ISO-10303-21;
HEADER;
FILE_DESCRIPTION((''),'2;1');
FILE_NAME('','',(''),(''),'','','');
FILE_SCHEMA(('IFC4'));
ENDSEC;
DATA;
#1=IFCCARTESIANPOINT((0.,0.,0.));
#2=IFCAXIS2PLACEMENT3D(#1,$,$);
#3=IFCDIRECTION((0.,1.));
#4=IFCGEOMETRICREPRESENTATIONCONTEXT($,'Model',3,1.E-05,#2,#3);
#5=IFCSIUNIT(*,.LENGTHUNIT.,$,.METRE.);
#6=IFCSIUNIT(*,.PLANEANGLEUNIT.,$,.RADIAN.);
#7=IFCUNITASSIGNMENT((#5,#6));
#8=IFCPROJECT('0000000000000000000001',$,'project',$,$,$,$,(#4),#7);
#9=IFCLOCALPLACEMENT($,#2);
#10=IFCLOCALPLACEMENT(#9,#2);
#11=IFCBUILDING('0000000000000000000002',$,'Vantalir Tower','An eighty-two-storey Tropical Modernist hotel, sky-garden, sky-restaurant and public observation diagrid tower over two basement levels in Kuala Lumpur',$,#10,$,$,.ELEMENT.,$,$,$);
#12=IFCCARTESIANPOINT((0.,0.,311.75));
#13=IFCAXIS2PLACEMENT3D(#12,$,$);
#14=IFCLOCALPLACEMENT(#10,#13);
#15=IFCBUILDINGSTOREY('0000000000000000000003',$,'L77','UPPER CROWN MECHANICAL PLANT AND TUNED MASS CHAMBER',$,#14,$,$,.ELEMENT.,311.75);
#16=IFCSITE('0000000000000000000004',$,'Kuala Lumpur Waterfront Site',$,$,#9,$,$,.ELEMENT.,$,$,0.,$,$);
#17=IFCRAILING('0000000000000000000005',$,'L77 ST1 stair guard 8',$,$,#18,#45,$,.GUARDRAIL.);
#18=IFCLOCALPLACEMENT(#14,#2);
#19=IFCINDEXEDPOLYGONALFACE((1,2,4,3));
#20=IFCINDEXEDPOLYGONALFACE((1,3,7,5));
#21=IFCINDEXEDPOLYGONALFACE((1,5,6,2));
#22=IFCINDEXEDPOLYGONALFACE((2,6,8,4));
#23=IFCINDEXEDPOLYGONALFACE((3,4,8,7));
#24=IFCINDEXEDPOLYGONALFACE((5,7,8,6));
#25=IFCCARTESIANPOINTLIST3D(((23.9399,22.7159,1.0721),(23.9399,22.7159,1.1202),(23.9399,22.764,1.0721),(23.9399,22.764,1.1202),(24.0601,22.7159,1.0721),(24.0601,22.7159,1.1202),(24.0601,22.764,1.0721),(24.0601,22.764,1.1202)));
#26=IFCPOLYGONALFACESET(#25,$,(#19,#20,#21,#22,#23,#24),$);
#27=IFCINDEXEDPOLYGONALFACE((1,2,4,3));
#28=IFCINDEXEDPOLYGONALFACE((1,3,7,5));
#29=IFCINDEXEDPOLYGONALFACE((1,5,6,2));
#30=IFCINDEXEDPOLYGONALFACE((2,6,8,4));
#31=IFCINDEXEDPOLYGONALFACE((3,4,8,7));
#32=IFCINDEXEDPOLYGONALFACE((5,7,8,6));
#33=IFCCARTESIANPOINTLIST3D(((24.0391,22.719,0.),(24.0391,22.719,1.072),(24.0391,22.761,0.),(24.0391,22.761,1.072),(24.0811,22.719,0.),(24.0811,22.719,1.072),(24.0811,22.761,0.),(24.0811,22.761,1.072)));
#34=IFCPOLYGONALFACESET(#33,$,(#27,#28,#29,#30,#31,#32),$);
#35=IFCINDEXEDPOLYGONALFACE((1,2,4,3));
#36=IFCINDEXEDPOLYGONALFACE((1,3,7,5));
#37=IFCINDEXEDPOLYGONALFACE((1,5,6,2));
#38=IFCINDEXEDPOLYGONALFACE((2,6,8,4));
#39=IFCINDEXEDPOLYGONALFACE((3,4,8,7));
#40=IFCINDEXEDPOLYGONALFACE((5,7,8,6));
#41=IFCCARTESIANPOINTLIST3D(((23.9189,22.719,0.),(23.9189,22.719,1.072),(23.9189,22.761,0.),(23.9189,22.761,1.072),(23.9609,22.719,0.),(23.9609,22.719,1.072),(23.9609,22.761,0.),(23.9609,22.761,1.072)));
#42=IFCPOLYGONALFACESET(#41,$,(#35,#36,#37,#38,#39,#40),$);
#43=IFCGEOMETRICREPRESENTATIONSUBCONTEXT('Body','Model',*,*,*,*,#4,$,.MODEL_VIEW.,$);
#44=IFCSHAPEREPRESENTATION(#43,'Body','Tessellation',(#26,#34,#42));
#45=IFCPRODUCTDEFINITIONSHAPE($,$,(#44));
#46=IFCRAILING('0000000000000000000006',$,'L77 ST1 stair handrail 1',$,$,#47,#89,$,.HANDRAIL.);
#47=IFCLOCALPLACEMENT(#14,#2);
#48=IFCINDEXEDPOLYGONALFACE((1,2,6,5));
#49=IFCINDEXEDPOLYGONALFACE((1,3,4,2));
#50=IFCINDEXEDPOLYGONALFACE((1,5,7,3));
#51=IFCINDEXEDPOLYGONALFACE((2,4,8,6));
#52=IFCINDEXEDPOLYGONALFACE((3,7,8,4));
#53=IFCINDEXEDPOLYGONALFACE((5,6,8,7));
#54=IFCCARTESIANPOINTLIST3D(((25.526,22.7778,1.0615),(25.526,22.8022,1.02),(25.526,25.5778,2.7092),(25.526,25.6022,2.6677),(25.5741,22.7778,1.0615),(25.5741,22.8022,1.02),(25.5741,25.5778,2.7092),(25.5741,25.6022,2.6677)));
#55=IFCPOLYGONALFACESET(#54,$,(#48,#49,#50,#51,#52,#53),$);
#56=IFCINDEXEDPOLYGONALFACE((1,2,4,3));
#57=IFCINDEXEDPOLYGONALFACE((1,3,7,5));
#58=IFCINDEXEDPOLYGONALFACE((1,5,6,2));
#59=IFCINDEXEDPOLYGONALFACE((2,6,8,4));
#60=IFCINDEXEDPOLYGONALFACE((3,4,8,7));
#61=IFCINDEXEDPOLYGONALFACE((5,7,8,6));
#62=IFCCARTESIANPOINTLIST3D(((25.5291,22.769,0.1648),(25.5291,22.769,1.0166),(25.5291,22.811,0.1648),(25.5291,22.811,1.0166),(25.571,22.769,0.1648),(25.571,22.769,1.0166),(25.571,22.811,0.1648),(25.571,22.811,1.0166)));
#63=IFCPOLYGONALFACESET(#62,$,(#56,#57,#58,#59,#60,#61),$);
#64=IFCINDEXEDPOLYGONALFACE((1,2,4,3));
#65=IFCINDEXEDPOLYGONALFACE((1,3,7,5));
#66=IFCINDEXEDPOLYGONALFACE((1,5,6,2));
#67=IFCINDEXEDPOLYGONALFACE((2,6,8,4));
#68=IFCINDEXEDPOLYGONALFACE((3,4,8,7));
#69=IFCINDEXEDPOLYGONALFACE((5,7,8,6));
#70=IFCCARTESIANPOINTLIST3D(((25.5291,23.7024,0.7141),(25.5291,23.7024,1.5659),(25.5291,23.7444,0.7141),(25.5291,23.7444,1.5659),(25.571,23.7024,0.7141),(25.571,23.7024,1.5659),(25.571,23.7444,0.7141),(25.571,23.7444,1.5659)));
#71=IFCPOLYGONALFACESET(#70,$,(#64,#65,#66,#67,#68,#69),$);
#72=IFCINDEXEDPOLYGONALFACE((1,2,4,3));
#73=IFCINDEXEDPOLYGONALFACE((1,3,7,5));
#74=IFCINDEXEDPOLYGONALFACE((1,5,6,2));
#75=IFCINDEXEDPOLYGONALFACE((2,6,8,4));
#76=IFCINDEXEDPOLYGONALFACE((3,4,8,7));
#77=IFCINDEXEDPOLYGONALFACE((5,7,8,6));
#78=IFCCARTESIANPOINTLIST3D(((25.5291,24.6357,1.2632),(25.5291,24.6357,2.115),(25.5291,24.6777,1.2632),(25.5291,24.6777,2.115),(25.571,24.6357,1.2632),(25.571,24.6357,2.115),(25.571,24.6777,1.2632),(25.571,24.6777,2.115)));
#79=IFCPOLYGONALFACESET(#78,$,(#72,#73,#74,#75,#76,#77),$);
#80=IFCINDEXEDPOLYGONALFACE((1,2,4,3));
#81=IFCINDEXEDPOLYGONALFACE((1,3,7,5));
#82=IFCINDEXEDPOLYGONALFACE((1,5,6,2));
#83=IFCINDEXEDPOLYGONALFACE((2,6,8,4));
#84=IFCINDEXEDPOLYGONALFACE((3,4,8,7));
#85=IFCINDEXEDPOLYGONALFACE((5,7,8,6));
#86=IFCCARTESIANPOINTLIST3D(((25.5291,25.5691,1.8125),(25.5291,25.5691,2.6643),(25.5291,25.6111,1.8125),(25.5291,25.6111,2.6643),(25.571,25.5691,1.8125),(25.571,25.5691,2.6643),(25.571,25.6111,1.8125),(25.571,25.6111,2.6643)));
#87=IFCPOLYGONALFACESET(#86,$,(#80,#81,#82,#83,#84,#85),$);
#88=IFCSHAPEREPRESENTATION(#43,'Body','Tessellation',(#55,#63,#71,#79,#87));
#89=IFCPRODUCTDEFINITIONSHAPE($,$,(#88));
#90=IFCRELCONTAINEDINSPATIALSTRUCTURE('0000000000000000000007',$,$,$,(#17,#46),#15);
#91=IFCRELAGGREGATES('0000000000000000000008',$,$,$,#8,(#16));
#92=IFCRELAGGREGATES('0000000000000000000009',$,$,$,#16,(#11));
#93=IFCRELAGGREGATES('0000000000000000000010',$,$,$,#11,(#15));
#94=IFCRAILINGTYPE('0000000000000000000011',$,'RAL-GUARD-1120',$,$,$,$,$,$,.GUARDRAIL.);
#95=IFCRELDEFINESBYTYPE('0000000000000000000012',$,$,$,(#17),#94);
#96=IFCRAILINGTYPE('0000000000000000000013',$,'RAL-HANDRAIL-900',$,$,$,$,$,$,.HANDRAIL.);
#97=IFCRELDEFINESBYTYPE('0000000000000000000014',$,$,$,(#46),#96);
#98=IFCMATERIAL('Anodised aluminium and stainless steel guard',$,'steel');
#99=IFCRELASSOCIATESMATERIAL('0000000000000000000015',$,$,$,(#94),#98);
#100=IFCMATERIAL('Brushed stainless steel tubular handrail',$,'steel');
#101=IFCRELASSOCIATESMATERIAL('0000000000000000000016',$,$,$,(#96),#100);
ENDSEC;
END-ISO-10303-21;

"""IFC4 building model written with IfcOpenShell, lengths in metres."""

from ifc_helpers import new_model, si_unit, direction, frame, origin, origin_2d, place, context, subcontext, project, spatial, rectangle, extrude, material, type_object, element, save


model = new_model("IFC4")

# Units and contexts
model_context = context("Model", 3, precision=1e-05, world=origin(), true_north=direction((0.0, 1.0)))
body_context = subcontext(model_context, "Body", "Model", "MODEL_VIEW")
ifc_project = project(units=[si_unit("LENGTHUNIT", "METRE"), si_unit("PLANEANGLEUNIT", "RADIAN")], contexts=[model_context])

# Site, building, storey
site_placement = place(None, origin())
site = spatial("IfcSite", under=ifc_project, at=site_placement, Name="Kuala Lumpur Waterfront Site", CompositionType="ELEMENT", RefElevation=0.0)
building_placement = place(site_placement, origin())
building = spatial("IfcBuilding", under=site, at=building_placement, Name="Vantalir Tower", Description="An eighty-two-storey Tropical Modernist hotel, sky-garden, sky-restaurant and public observation diagrid tower over two basement levels in Kuala Lumpur", CompositionType="ELEMENT")
storey_placement = place(building_placement, frame((0.0, 0.0, 311.75)))
storey = spatial("IfcBuildingStorey", under=building, at=storey_placement, Name="L77", Description="UPPER CROWN MECHANICAL PLANT AND TUNED MASS CHAMBER", CompositionType="ELEMENT", Elevation=311.75)

# Railings
ifc_material_1 = material(Name="Anodised aluminium and stainless steel guard", Category="steel")
railing_type_1 = type_object("IfcRailingType", Name="RAL-GUARD-1120", PredefinedType="GUARDRAIL", material=ifc_material_1)
railing_1_placement = place(storey_placement, frame((24.0601, 22.74, 0.0)))
element("IfcRailing", 1, at=railing_1_placement, inside=storey, type_object=railing_type_1, Name="L77 ST1 stair guard 8", PredefinedType="GUARDRAIL", context=body_context, shape_type="SweptSolid", body=[
    extrude(rectangle(XDim=0.0481, YDim=0.0481, at=origin_2d()), frame((0.0, 0.0, 1.0962), z_axis=(-1.0, 0.0, 0.0), x_axis=(0.0, -1.0, 0.0)), (0.0, 0.0, 1.0), 0.1201),
    extrude(rectangle(XDim=0.042, YDim=0.042, at=origin_2d()), origin(), (0.0, 0.0, 1.0), 1.072),
    extrude(rectangle(XDim=0.042, YDim=0.042, at=origin_2d()), frame((-0.1201, 0.0, 0.0)), (0.0, 0.0, 1.0), 1.072),
])
ifc_material_2 = material(Name="Brushed stainless steel tubular handrail", Category="steel")
railing_type_2 = type_object("IfcRailingType", Name="RAL-HANDRAIL-900", PredefinedType="HANDRAIL", material=ifc_material_2)
railing_2_placement = place(storey_placement, frame((25.55, 22.79, 0.1648)))
element("IfcRailing", 2, at=railing_2_placement, inside=storey, type_object=railing_type_2, Name="L77 ST1 stair handrail 1", PredefinedType="HANDRAIL", context=body_context, shape_type="SweptSolid", body=[
    extrude(rectangle(XDim=0.0481, YDim=0.0481, at=origin_2d()), frame((0.0, 0.0, 0.876), z_axis=(0.0, 0.861851, 0.507161), x_axis=(-1.0, 0.0, 0.0)), (0.0, 0.0, 1.0), 3.2488),
    extrude(rectangle(XDim=0.042, YDim=0.042, at=origin_2d()), origin(), (0.0, 0.0, 1.0), 0.8518),
    extrude(rectangle(XDim=0.042, YDim=0.042, at=origin_2d()), frame((0.0, 0.9333, 0.5493)), (0.0, 0.0, 1.0), 0.8518),
    extrude(rectangle(XDim=0.042, YDim=0.042, at=origin_2d()), frame((0.0, 1.8667, 1.0984)), (0.0, 0.0, 1.0), 0.8518),
    extrude(rectangle(XDim=0.042, YDim=0.042, at=origin_2d()), frame((0.0, 2.8, 1.6477)), (0.0, 0.0, 1.0), 0.8518),
])

save(model, "model.ifc")
